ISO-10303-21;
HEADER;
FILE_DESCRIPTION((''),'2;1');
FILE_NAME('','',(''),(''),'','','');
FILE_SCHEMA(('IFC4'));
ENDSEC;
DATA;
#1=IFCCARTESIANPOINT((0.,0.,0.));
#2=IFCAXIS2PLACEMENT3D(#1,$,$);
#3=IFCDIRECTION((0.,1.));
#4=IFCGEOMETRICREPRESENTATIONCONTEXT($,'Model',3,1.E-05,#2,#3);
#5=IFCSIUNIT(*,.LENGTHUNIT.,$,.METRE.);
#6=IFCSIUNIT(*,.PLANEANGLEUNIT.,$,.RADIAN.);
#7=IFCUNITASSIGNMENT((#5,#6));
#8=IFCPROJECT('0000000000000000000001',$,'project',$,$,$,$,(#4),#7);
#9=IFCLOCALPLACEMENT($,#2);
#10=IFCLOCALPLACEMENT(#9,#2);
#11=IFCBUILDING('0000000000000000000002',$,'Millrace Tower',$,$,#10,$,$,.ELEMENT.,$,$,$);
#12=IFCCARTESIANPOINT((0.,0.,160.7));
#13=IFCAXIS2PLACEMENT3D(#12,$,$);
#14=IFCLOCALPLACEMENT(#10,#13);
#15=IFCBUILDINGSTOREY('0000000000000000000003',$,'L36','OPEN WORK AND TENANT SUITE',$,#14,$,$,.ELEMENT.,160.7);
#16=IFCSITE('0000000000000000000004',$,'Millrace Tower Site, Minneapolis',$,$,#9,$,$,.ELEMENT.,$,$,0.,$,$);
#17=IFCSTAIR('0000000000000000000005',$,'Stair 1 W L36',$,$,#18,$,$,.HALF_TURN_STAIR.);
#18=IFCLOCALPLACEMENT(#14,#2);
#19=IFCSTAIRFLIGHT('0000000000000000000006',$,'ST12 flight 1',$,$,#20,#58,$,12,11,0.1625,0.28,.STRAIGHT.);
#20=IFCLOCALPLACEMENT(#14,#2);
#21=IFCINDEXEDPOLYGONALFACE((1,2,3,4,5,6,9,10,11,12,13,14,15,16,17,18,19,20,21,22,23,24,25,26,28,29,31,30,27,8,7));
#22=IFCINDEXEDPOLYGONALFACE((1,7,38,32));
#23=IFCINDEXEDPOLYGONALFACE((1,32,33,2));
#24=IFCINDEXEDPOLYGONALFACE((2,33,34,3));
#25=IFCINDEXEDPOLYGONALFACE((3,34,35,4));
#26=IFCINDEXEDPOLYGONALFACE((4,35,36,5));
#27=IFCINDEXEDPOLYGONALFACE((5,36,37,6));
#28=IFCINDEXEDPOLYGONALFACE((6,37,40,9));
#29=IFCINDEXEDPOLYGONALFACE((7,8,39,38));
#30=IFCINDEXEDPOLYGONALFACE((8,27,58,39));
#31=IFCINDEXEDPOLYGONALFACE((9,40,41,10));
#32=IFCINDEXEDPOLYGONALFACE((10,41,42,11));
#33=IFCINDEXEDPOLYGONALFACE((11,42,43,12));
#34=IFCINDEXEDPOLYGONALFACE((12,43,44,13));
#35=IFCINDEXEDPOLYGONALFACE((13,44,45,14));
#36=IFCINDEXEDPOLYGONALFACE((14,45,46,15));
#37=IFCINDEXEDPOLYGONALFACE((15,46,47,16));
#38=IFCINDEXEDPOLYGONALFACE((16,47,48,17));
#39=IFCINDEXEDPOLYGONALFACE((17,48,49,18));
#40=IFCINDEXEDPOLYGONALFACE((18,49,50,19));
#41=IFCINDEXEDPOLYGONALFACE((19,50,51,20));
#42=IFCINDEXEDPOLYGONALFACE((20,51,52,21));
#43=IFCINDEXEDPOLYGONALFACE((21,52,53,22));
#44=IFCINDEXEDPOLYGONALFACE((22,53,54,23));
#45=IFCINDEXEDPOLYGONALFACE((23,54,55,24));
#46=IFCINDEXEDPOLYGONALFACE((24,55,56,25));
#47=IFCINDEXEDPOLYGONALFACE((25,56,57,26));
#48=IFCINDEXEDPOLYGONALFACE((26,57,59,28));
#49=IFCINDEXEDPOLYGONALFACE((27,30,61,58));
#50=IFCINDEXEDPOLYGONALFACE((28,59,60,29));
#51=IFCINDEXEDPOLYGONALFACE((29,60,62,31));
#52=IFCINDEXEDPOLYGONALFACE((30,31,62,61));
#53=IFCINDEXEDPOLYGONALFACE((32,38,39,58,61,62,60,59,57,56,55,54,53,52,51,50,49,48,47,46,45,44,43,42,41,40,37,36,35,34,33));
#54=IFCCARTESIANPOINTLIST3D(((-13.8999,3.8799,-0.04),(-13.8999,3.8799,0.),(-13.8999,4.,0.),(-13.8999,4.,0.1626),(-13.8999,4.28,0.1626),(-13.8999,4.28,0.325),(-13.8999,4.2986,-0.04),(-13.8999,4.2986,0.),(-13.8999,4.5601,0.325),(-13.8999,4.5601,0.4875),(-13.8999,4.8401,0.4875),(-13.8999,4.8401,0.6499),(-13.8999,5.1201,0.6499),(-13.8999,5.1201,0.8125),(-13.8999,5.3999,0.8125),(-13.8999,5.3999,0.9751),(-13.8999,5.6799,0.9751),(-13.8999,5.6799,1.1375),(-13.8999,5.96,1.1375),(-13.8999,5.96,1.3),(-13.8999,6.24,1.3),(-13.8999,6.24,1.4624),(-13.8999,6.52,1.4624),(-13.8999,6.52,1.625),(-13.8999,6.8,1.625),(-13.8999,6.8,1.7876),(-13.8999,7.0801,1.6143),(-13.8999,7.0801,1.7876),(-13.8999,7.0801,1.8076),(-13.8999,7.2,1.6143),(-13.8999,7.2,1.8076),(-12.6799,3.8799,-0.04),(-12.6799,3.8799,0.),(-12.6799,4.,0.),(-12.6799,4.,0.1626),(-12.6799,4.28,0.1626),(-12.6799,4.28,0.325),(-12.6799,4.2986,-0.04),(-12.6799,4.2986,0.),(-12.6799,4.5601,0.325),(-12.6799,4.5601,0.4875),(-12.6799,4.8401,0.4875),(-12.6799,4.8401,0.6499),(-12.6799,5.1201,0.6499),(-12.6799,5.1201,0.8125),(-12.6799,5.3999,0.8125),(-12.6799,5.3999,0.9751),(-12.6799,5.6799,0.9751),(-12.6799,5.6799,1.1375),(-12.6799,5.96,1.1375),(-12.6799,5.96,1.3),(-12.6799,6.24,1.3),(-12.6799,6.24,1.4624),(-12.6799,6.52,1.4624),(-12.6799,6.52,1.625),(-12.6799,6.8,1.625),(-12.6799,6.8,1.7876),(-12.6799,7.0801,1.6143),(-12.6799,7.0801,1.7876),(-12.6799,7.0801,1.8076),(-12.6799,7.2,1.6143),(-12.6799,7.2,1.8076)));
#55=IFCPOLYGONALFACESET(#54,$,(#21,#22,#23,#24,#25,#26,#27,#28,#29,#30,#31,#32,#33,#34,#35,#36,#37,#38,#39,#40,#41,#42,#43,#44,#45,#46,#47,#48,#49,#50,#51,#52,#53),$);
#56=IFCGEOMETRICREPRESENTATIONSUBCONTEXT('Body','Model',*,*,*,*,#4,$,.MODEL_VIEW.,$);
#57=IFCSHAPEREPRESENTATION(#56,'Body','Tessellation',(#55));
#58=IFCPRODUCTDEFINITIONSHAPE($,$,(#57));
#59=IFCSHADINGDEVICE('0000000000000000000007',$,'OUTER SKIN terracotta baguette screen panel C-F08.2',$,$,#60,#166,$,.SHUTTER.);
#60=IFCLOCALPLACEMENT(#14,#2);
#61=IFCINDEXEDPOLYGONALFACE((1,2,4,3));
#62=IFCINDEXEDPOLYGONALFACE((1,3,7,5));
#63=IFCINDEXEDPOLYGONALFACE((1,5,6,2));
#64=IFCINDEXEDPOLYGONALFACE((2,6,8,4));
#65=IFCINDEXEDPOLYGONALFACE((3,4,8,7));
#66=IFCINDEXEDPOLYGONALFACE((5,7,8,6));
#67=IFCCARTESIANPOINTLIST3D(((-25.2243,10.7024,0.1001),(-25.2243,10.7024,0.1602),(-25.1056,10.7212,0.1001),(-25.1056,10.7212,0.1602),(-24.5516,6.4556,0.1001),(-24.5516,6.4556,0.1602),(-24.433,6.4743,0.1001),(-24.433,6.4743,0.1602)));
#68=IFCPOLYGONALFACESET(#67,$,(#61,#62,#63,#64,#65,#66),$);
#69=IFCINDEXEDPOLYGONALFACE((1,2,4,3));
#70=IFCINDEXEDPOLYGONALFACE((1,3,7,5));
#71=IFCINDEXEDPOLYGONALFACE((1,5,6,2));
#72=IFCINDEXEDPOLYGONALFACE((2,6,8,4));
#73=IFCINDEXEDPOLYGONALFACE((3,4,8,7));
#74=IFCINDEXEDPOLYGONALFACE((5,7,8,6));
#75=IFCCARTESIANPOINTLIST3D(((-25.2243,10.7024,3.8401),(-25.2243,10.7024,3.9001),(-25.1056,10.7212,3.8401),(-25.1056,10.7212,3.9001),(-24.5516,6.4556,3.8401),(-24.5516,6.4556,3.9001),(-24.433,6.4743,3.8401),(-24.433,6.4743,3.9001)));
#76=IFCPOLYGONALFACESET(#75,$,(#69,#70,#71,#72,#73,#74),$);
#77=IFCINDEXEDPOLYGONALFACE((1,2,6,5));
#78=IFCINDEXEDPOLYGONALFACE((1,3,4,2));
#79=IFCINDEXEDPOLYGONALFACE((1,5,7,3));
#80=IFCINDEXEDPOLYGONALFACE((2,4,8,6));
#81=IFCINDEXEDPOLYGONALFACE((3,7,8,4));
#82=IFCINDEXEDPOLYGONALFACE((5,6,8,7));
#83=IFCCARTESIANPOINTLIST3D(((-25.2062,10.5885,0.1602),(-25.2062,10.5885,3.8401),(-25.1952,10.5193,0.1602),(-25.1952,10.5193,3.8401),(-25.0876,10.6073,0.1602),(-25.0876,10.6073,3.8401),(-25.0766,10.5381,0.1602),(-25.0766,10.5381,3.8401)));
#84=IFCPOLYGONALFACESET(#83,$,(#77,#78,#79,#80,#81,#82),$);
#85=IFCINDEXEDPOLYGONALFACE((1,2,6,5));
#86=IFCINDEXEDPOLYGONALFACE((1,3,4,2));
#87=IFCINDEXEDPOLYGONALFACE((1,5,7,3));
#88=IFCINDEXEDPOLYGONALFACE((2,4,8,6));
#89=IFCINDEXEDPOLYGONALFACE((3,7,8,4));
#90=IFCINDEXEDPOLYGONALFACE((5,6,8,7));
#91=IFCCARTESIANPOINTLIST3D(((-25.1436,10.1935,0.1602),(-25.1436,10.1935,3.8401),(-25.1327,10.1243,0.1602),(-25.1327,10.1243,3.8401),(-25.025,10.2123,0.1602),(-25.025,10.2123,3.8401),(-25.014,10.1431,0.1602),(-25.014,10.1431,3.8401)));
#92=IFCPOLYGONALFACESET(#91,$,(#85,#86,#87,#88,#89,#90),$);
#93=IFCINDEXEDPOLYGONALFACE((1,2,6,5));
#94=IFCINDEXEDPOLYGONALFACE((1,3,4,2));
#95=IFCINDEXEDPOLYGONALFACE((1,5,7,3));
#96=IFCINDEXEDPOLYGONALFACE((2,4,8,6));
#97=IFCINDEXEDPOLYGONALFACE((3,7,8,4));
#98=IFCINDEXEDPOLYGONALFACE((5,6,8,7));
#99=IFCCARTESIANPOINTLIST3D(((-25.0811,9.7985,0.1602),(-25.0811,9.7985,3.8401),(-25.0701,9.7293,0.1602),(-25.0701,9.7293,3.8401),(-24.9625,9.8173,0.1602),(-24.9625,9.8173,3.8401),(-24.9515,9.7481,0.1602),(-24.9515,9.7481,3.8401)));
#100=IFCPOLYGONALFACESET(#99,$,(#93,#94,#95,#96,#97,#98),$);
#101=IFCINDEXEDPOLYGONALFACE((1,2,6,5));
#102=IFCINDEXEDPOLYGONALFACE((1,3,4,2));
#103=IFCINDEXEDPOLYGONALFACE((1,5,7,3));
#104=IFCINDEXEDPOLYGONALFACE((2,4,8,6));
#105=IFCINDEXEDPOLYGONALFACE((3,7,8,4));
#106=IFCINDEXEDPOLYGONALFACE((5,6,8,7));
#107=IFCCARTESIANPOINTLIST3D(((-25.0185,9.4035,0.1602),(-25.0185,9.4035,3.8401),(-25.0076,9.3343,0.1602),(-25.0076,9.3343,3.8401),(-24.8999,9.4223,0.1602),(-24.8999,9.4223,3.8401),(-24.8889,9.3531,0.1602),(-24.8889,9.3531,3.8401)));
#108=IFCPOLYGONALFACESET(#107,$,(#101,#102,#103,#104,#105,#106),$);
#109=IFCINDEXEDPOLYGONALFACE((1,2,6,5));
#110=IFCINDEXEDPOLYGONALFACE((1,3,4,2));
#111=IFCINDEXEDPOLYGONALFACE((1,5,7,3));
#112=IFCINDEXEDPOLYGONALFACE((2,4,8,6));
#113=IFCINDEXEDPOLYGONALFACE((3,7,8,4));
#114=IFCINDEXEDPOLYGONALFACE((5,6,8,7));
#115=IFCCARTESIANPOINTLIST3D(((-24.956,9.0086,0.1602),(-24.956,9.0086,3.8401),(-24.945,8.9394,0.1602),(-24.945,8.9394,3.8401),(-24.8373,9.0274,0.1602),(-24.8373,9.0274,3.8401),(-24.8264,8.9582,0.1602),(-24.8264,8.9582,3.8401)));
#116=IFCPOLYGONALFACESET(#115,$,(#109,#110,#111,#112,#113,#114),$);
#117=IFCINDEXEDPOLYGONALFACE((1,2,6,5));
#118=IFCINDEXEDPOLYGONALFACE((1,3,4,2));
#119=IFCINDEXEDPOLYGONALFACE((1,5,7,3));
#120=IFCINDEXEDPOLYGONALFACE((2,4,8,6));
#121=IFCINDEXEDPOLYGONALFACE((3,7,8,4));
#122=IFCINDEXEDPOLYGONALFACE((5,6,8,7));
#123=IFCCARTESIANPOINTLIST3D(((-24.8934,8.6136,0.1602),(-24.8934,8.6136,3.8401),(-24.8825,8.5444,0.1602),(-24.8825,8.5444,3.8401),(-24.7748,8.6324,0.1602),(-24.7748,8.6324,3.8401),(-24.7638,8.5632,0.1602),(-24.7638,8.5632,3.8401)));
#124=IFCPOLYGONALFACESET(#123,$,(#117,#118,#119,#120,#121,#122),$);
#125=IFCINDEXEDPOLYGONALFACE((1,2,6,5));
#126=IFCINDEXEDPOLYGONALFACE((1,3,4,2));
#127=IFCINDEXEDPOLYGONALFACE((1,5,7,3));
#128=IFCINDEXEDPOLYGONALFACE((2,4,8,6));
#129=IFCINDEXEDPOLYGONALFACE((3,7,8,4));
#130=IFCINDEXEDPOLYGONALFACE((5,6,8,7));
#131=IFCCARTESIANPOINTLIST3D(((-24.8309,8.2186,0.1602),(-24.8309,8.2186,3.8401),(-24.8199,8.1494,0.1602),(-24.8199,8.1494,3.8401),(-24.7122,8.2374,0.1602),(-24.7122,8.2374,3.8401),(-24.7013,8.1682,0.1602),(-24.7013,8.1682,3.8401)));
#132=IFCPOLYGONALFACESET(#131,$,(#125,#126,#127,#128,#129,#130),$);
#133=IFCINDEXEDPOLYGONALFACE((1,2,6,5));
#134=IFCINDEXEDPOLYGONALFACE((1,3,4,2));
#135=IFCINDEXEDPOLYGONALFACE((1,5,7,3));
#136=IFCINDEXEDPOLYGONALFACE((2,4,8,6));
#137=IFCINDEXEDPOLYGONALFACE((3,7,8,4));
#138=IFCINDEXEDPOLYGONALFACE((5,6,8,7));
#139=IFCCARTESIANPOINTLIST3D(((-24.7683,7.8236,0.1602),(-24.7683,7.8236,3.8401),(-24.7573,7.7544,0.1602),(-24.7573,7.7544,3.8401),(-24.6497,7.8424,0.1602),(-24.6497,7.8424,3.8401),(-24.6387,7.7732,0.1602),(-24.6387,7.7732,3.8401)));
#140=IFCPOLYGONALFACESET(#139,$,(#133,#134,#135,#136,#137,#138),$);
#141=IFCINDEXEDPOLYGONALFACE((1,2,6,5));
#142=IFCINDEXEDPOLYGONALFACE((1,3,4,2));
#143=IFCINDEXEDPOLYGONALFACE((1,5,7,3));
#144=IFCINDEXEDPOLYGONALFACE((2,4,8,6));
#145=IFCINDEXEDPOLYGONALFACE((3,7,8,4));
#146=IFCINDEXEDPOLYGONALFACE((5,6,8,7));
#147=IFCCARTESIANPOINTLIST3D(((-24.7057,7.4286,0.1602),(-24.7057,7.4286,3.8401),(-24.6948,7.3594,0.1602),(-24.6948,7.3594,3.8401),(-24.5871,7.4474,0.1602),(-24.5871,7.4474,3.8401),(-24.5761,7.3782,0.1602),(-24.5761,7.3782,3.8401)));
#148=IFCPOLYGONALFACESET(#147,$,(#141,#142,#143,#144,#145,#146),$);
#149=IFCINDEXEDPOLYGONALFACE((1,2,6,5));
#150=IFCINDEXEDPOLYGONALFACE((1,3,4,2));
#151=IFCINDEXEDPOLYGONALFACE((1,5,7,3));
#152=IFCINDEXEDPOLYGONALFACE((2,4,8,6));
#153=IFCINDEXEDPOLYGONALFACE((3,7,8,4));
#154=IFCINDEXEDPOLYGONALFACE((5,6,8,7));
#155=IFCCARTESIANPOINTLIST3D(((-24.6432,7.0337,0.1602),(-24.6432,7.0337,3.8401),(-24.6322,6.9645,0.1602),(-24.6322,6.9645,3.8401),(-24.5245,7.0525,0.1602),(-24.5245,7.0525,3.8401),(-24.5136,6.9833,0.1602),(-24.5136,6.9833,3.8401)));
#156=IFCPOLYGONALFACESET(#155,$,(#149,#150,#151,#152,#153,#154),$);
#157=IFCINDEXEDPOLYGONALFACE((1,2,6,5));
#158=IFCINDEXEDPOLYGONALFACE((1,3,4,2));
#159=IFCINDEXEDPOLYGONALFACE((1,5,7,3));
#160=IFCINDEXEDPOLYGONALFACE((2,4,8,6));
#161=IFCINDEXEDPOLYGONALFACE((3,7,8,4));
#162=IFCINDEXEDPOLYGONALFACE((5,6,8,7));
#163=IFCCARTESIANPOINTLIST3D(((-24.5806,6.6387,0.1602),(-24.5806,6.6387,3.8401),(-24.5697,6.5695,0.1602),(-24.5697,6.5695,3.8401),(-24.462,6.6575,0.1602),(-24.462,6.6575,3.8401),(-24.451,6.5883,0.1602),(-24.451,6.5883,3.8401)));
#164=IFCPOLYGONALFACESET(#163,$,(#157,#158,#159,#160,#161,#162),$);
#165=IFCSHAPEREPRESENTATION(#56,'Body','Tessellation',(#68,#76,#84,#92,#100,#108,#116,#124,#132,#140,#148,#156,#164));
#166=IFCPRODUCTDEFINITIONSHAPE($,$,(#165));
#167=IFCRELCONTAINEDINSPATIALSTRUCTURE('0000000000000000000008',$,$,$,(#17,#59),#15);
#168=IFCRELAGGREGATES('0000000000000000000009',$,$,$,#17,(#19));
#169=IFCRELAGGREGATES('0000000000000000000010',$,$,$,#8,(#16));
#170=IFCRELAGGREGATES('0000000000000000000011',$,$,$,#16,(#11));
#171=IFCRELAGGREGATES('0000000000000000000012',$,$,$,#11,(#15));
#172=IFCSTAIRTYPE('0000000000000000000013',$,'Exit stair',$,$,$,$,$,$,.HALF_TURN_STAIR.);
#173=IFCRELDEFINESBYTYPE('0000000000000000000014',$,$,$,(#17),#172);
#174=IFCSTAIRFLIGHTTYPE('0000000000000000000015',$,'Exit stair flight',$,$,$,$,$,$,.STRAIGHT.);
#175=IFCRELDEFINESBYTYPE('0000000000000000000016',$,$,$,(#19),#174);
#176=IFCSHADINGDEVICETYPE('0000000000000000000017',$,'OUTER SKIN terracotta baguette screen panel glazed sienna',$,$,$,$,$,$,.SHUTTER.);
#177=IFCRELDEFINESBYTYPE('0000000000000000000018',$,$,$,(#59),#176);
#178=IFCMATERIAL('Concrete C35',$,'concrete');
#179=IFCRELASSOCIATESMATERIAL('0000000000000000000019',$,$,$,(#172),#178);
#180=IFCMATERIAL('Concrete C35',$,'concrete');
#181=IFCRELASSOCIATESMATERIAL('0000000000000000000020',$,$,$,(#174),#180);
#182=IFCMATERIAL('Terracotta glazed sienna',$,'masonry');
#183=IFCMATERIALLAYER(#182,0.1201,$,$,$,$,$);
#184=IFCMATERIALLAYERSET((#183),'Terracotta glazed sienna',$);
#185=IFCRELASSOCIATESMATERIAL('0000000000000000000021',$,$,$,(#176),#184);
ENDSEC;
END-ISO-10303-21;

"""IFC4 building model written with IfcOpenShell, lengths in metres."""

from ifc_helpers import new_model, entity, si_unit, direction, frame, frame_2d, origin, origin_2d, place, context, subcontext, project, spatial, polyline, rectangle, outline, extrude, source, transform, mapped, material, layer, layer_set, type_object, element, aggregate, save


model = new_model("IFC4")

# Units and contexts
model_context = context("Model", 3, precision=1e-05, world=origin(), true_north=direction((0.0, 1.0)))
body_context = subcontext(model_context, "Body", "Model", "MODEL_VIEW")
ifc_project = project(units=[si_unit("LENGTHUNIT", "METRE"), si_unit("PLANEANGLEUNIT", "RADIAN")], contexts=[model_context])

# Site, building, storey
site_placement = place(None, origin())
site = spatial("IfcSite", under=ifc_project, at=site_placement, Name="Millrace Tower Site, Minneapolis", CompositionType="ELEMENT", RefElevation=0.0)
building_placement = place(site_placement, origin())
building = spatial("IfcBuilding", under=site, at=building_placement, Name="Millrace Tower", CompositionType="ELEMENT")
storey_placement = place(building_placement, frame((0.0, 0.0, 160.7)))
storey = spatial("IfcBuildingStorey", under=building, at=storey_placement, Name="L36", Description="OPEN WORK AND TENANT SUITE", CompositionType="ELEMENT", Elevation=160.7)

# Shared definitions
placement = place(storey_placement, origin())

# Stair, stair flight
ifc_material_1 = material(Name="Concrete C35", Category="concrete")
stair_type = type_object("IfcStairType", Name="Exit stair", PredefinedType="HALF_TURN_STAIR", material=ifc_material_1)
stair = element("IfcStair", 1, at=placement, inside=storey, type_object=stair_type, Name="Stair 1 W L36", PredefinedType="HALF_TURN_STAIR")
ifc_material_2 = material(Name="Concrete C35", Category="concrete")
stair_flight_type = type_object("IfcStairFlightType", Name="Exit stair flight", PredefinedType="STRAIGHT", material=ifc_material_2)
stair_flight_placement = place(storey_placement, frame((-13.29, 4.0, 0.0), z_axis=(0.0, 0.0, 1.0), x_axis=(0.0, 1.0, 0.0)))
stair_flight = element("IfcStairFlight", 2, at=stair_flight_placement, type_object=stair_flight_type, Name="ST12 flight 1", NumberOfRisers=12, NumberOfTreads=11, PredefinedType="STRAIGHT", RiserHeight=0.1625, TreadLength=0.28, context=body_context, shape_type="SweptSolid", body=[
    extrude(outline(polyline([(-0.1201, -0.04), (-0.1201, 0.0), (0.0, 0.0), (0.0, 0.1626), (0.28, 0.1626), (0.28, 0.325), (0.5601, 0.325), (0.5601, 0.4875), (0.8401, 0.4875), (0.8401, 0.6499), (1.1201, 0.6499), (1.1201, 0.8125), (1.3999, 0.8125), (1.3999, 0.9751), (1.6799, 0.9751), (1.6799, 1.1375), (1.96, 1.1375), (1.96, 1.3), (2.24, 1.3), (2.24, 1.4624), (2.52, 1.4624), (2.52, 1.625), (2.8, 1.625), (2.8, 1.7876), (3.0801, 1.7876), (3.0801, 1.8076), (3.2, 1.8076), (3.2, 1.6143), (3.0801, 1.6143), (0.2986, 0.0), (0.2986, -0.04), (-0.1201, -0.04)])), frame((0.0, 0.6099, 0.0), z_axis=(0.0, -1.0, 0.0), x_axis=(1.0, 0.0, 0.0)), (0.0, 0.0, 1.0), 1.22),
])
aggregate(stair, [stair_flight])

# Shading device
ifc_material_3 = material(Name="Terracotta glazed sienna", Category="masonry")
ifc_layer_1 = layer(ifc_material_3, 0.1201)
ifc_layer_set_1 = layer_set([ifc_layer_1], Name="Terracotta glazed sienna")
shading_device_type = type_object("IfcShadingDeviceType", Name="OUTER SKIN terracotta baguette screen panel glazed sienna", PredefinedType="SHUTTER", material=ifc_layer_set_1)
cartesian_point = entity("IfcCartesianPoint", [-2.1499, 0.0601])
shared_polyline = entity("IfcPolyline", [cartesian_point, entity("IfcCartesianPoint", [2.1499, 0.0601]), entity("IfcCartesianPoint", [2.1499, -0.0601]), entity("IfcCartesianPoint", [-2.1499, -0.0601]), cartesian_point])
shared_shape = source(origin(), body_context, "Body", "SweptSolid", [
    entity("IfcExtrudedAreaSolid", entity("IfcArbitraryClosedProfileDef", "AREA", None, shared_polyline), entity("IfcAxis2Placement3D", entity("IfcCartesianPoint", [0.0, 0.0, 0.0])), entity("IfcDirection", [0.0, 0.0, 1.0]), 0.0601),
    entity("IfcExtrudedAreaSolid", entity("IfcArbitraryClosedProfileDef", "AREA", None, shared_polyline), entity("IfcAxis2Placement3D", entity("IfcCartesianPoint", [0.0, 0.0, 3.74])), entity("IfcDirection", [0.0, 0.0, 1.0]), 0.0601),
    extrude(rectangle(XDim=0.0701, YDim=0.1201, at=frame_2d((-1.9995, 0.0))), frame((0.0, 0.0, 0.0601)), (0.0, 0.0, 1.0), 3.6799),
    extrude(rectangle(XDim=0.0701, YDim=0.1201, at=frame_2d((-1.5996, 0.0))), frame((0.0, 0.0, 0.0601)), (0.0, 0.0, 1.0), 3.6799),
    extrude(rectangle(XDim=0.0701, YDim=0.1201, at=frame_2d((-1.1997, 0.0))), frame((0.0, 0.0, 0.0601)), (0.0, 0.0, 1.0), 3.6799),
    extrude(rectangle(XDim=0.0701, YDim=0.1201, at=frame_2d((-0.7998, 0.0))), frame((0.0, 0.0, 0.0601)), (0.0, 0.0, 1.0), 3.6799),
    extrude(rectangle(XDim=0.0701, YDim=0.1201, at=frame_2d((-0.3999, 0.0))), frame((0.0, 0.0, 0.0601)), (0.0, 0.0, 1.0), 3.6799),
    extrude(rectangle(XDim=0.0701, YDim=0.1201, at=origin_2d()), frame((0.0, 0.0, 0.0601)), (0.0, 0.0, 1.0), 3.6799),
    extrude(rectangle(XDim=0.0701, YDim=0.1201, at=frame_2d((0.3999, 0.0))), frame((0.0, 0.0, 0.0601)), (0.0, 0.0, 1.0), 3.6799),
    extrude(rectangle(XDim=0.0701, YDim=0.1201, at=frame_2d((0.7998, 0.0))), frame((0.0, 0.0, 0.0601)), (0.0, 0.0, 1.0), 3.6799),
    extrude(rectangle(XDim=0.0701, YDim=0.1201, at=frame_2d((1.1997, 0.0))), frame((0.0, 0.0, 0.0601)), (0.0, 0.0, 1.0), 3.6799),
    extrude(rectangle(XDim=0.0701, YDim=0.1201, at=frame_2d((1.5996, 0.0))), frame((0.0, 0.0, 0.0601)), (0.0, 0.0, 1.0), 3.6799),
    extrude(rectangle(XDim=0.0701, YDim=0.1201, at=frame_2d((1.9995, 0.0))), frame((0.0, 0.0, 0.0601)), (0.0, 0.0, 1.0), 3.6799),
])
for number, where, z_axis, x_axis, name in (
    (3, (-24.8286, 8.5884, 0.1001), (0.0, 0.0, 1.0), (0.156434, -0.987688, 0.0), "OUTER SKIN terracotta baguette screen panel C-F08.2"),
):
    element("IfcShadingDevice", number, at=place(storey_placement, frame(where, z_axis=z_axis, x_axis=x_axis)), inside=storey, type_object=shading_device_type, Name=name, PredefinedType="SHUTTER", context=body_context, shape_type="MappedRepresentation", body=[
        mapped(shared_shape, transform((0.0, 0.0, 0.0), scale=1.0)),
    ])

save(model, "model.ifc")
